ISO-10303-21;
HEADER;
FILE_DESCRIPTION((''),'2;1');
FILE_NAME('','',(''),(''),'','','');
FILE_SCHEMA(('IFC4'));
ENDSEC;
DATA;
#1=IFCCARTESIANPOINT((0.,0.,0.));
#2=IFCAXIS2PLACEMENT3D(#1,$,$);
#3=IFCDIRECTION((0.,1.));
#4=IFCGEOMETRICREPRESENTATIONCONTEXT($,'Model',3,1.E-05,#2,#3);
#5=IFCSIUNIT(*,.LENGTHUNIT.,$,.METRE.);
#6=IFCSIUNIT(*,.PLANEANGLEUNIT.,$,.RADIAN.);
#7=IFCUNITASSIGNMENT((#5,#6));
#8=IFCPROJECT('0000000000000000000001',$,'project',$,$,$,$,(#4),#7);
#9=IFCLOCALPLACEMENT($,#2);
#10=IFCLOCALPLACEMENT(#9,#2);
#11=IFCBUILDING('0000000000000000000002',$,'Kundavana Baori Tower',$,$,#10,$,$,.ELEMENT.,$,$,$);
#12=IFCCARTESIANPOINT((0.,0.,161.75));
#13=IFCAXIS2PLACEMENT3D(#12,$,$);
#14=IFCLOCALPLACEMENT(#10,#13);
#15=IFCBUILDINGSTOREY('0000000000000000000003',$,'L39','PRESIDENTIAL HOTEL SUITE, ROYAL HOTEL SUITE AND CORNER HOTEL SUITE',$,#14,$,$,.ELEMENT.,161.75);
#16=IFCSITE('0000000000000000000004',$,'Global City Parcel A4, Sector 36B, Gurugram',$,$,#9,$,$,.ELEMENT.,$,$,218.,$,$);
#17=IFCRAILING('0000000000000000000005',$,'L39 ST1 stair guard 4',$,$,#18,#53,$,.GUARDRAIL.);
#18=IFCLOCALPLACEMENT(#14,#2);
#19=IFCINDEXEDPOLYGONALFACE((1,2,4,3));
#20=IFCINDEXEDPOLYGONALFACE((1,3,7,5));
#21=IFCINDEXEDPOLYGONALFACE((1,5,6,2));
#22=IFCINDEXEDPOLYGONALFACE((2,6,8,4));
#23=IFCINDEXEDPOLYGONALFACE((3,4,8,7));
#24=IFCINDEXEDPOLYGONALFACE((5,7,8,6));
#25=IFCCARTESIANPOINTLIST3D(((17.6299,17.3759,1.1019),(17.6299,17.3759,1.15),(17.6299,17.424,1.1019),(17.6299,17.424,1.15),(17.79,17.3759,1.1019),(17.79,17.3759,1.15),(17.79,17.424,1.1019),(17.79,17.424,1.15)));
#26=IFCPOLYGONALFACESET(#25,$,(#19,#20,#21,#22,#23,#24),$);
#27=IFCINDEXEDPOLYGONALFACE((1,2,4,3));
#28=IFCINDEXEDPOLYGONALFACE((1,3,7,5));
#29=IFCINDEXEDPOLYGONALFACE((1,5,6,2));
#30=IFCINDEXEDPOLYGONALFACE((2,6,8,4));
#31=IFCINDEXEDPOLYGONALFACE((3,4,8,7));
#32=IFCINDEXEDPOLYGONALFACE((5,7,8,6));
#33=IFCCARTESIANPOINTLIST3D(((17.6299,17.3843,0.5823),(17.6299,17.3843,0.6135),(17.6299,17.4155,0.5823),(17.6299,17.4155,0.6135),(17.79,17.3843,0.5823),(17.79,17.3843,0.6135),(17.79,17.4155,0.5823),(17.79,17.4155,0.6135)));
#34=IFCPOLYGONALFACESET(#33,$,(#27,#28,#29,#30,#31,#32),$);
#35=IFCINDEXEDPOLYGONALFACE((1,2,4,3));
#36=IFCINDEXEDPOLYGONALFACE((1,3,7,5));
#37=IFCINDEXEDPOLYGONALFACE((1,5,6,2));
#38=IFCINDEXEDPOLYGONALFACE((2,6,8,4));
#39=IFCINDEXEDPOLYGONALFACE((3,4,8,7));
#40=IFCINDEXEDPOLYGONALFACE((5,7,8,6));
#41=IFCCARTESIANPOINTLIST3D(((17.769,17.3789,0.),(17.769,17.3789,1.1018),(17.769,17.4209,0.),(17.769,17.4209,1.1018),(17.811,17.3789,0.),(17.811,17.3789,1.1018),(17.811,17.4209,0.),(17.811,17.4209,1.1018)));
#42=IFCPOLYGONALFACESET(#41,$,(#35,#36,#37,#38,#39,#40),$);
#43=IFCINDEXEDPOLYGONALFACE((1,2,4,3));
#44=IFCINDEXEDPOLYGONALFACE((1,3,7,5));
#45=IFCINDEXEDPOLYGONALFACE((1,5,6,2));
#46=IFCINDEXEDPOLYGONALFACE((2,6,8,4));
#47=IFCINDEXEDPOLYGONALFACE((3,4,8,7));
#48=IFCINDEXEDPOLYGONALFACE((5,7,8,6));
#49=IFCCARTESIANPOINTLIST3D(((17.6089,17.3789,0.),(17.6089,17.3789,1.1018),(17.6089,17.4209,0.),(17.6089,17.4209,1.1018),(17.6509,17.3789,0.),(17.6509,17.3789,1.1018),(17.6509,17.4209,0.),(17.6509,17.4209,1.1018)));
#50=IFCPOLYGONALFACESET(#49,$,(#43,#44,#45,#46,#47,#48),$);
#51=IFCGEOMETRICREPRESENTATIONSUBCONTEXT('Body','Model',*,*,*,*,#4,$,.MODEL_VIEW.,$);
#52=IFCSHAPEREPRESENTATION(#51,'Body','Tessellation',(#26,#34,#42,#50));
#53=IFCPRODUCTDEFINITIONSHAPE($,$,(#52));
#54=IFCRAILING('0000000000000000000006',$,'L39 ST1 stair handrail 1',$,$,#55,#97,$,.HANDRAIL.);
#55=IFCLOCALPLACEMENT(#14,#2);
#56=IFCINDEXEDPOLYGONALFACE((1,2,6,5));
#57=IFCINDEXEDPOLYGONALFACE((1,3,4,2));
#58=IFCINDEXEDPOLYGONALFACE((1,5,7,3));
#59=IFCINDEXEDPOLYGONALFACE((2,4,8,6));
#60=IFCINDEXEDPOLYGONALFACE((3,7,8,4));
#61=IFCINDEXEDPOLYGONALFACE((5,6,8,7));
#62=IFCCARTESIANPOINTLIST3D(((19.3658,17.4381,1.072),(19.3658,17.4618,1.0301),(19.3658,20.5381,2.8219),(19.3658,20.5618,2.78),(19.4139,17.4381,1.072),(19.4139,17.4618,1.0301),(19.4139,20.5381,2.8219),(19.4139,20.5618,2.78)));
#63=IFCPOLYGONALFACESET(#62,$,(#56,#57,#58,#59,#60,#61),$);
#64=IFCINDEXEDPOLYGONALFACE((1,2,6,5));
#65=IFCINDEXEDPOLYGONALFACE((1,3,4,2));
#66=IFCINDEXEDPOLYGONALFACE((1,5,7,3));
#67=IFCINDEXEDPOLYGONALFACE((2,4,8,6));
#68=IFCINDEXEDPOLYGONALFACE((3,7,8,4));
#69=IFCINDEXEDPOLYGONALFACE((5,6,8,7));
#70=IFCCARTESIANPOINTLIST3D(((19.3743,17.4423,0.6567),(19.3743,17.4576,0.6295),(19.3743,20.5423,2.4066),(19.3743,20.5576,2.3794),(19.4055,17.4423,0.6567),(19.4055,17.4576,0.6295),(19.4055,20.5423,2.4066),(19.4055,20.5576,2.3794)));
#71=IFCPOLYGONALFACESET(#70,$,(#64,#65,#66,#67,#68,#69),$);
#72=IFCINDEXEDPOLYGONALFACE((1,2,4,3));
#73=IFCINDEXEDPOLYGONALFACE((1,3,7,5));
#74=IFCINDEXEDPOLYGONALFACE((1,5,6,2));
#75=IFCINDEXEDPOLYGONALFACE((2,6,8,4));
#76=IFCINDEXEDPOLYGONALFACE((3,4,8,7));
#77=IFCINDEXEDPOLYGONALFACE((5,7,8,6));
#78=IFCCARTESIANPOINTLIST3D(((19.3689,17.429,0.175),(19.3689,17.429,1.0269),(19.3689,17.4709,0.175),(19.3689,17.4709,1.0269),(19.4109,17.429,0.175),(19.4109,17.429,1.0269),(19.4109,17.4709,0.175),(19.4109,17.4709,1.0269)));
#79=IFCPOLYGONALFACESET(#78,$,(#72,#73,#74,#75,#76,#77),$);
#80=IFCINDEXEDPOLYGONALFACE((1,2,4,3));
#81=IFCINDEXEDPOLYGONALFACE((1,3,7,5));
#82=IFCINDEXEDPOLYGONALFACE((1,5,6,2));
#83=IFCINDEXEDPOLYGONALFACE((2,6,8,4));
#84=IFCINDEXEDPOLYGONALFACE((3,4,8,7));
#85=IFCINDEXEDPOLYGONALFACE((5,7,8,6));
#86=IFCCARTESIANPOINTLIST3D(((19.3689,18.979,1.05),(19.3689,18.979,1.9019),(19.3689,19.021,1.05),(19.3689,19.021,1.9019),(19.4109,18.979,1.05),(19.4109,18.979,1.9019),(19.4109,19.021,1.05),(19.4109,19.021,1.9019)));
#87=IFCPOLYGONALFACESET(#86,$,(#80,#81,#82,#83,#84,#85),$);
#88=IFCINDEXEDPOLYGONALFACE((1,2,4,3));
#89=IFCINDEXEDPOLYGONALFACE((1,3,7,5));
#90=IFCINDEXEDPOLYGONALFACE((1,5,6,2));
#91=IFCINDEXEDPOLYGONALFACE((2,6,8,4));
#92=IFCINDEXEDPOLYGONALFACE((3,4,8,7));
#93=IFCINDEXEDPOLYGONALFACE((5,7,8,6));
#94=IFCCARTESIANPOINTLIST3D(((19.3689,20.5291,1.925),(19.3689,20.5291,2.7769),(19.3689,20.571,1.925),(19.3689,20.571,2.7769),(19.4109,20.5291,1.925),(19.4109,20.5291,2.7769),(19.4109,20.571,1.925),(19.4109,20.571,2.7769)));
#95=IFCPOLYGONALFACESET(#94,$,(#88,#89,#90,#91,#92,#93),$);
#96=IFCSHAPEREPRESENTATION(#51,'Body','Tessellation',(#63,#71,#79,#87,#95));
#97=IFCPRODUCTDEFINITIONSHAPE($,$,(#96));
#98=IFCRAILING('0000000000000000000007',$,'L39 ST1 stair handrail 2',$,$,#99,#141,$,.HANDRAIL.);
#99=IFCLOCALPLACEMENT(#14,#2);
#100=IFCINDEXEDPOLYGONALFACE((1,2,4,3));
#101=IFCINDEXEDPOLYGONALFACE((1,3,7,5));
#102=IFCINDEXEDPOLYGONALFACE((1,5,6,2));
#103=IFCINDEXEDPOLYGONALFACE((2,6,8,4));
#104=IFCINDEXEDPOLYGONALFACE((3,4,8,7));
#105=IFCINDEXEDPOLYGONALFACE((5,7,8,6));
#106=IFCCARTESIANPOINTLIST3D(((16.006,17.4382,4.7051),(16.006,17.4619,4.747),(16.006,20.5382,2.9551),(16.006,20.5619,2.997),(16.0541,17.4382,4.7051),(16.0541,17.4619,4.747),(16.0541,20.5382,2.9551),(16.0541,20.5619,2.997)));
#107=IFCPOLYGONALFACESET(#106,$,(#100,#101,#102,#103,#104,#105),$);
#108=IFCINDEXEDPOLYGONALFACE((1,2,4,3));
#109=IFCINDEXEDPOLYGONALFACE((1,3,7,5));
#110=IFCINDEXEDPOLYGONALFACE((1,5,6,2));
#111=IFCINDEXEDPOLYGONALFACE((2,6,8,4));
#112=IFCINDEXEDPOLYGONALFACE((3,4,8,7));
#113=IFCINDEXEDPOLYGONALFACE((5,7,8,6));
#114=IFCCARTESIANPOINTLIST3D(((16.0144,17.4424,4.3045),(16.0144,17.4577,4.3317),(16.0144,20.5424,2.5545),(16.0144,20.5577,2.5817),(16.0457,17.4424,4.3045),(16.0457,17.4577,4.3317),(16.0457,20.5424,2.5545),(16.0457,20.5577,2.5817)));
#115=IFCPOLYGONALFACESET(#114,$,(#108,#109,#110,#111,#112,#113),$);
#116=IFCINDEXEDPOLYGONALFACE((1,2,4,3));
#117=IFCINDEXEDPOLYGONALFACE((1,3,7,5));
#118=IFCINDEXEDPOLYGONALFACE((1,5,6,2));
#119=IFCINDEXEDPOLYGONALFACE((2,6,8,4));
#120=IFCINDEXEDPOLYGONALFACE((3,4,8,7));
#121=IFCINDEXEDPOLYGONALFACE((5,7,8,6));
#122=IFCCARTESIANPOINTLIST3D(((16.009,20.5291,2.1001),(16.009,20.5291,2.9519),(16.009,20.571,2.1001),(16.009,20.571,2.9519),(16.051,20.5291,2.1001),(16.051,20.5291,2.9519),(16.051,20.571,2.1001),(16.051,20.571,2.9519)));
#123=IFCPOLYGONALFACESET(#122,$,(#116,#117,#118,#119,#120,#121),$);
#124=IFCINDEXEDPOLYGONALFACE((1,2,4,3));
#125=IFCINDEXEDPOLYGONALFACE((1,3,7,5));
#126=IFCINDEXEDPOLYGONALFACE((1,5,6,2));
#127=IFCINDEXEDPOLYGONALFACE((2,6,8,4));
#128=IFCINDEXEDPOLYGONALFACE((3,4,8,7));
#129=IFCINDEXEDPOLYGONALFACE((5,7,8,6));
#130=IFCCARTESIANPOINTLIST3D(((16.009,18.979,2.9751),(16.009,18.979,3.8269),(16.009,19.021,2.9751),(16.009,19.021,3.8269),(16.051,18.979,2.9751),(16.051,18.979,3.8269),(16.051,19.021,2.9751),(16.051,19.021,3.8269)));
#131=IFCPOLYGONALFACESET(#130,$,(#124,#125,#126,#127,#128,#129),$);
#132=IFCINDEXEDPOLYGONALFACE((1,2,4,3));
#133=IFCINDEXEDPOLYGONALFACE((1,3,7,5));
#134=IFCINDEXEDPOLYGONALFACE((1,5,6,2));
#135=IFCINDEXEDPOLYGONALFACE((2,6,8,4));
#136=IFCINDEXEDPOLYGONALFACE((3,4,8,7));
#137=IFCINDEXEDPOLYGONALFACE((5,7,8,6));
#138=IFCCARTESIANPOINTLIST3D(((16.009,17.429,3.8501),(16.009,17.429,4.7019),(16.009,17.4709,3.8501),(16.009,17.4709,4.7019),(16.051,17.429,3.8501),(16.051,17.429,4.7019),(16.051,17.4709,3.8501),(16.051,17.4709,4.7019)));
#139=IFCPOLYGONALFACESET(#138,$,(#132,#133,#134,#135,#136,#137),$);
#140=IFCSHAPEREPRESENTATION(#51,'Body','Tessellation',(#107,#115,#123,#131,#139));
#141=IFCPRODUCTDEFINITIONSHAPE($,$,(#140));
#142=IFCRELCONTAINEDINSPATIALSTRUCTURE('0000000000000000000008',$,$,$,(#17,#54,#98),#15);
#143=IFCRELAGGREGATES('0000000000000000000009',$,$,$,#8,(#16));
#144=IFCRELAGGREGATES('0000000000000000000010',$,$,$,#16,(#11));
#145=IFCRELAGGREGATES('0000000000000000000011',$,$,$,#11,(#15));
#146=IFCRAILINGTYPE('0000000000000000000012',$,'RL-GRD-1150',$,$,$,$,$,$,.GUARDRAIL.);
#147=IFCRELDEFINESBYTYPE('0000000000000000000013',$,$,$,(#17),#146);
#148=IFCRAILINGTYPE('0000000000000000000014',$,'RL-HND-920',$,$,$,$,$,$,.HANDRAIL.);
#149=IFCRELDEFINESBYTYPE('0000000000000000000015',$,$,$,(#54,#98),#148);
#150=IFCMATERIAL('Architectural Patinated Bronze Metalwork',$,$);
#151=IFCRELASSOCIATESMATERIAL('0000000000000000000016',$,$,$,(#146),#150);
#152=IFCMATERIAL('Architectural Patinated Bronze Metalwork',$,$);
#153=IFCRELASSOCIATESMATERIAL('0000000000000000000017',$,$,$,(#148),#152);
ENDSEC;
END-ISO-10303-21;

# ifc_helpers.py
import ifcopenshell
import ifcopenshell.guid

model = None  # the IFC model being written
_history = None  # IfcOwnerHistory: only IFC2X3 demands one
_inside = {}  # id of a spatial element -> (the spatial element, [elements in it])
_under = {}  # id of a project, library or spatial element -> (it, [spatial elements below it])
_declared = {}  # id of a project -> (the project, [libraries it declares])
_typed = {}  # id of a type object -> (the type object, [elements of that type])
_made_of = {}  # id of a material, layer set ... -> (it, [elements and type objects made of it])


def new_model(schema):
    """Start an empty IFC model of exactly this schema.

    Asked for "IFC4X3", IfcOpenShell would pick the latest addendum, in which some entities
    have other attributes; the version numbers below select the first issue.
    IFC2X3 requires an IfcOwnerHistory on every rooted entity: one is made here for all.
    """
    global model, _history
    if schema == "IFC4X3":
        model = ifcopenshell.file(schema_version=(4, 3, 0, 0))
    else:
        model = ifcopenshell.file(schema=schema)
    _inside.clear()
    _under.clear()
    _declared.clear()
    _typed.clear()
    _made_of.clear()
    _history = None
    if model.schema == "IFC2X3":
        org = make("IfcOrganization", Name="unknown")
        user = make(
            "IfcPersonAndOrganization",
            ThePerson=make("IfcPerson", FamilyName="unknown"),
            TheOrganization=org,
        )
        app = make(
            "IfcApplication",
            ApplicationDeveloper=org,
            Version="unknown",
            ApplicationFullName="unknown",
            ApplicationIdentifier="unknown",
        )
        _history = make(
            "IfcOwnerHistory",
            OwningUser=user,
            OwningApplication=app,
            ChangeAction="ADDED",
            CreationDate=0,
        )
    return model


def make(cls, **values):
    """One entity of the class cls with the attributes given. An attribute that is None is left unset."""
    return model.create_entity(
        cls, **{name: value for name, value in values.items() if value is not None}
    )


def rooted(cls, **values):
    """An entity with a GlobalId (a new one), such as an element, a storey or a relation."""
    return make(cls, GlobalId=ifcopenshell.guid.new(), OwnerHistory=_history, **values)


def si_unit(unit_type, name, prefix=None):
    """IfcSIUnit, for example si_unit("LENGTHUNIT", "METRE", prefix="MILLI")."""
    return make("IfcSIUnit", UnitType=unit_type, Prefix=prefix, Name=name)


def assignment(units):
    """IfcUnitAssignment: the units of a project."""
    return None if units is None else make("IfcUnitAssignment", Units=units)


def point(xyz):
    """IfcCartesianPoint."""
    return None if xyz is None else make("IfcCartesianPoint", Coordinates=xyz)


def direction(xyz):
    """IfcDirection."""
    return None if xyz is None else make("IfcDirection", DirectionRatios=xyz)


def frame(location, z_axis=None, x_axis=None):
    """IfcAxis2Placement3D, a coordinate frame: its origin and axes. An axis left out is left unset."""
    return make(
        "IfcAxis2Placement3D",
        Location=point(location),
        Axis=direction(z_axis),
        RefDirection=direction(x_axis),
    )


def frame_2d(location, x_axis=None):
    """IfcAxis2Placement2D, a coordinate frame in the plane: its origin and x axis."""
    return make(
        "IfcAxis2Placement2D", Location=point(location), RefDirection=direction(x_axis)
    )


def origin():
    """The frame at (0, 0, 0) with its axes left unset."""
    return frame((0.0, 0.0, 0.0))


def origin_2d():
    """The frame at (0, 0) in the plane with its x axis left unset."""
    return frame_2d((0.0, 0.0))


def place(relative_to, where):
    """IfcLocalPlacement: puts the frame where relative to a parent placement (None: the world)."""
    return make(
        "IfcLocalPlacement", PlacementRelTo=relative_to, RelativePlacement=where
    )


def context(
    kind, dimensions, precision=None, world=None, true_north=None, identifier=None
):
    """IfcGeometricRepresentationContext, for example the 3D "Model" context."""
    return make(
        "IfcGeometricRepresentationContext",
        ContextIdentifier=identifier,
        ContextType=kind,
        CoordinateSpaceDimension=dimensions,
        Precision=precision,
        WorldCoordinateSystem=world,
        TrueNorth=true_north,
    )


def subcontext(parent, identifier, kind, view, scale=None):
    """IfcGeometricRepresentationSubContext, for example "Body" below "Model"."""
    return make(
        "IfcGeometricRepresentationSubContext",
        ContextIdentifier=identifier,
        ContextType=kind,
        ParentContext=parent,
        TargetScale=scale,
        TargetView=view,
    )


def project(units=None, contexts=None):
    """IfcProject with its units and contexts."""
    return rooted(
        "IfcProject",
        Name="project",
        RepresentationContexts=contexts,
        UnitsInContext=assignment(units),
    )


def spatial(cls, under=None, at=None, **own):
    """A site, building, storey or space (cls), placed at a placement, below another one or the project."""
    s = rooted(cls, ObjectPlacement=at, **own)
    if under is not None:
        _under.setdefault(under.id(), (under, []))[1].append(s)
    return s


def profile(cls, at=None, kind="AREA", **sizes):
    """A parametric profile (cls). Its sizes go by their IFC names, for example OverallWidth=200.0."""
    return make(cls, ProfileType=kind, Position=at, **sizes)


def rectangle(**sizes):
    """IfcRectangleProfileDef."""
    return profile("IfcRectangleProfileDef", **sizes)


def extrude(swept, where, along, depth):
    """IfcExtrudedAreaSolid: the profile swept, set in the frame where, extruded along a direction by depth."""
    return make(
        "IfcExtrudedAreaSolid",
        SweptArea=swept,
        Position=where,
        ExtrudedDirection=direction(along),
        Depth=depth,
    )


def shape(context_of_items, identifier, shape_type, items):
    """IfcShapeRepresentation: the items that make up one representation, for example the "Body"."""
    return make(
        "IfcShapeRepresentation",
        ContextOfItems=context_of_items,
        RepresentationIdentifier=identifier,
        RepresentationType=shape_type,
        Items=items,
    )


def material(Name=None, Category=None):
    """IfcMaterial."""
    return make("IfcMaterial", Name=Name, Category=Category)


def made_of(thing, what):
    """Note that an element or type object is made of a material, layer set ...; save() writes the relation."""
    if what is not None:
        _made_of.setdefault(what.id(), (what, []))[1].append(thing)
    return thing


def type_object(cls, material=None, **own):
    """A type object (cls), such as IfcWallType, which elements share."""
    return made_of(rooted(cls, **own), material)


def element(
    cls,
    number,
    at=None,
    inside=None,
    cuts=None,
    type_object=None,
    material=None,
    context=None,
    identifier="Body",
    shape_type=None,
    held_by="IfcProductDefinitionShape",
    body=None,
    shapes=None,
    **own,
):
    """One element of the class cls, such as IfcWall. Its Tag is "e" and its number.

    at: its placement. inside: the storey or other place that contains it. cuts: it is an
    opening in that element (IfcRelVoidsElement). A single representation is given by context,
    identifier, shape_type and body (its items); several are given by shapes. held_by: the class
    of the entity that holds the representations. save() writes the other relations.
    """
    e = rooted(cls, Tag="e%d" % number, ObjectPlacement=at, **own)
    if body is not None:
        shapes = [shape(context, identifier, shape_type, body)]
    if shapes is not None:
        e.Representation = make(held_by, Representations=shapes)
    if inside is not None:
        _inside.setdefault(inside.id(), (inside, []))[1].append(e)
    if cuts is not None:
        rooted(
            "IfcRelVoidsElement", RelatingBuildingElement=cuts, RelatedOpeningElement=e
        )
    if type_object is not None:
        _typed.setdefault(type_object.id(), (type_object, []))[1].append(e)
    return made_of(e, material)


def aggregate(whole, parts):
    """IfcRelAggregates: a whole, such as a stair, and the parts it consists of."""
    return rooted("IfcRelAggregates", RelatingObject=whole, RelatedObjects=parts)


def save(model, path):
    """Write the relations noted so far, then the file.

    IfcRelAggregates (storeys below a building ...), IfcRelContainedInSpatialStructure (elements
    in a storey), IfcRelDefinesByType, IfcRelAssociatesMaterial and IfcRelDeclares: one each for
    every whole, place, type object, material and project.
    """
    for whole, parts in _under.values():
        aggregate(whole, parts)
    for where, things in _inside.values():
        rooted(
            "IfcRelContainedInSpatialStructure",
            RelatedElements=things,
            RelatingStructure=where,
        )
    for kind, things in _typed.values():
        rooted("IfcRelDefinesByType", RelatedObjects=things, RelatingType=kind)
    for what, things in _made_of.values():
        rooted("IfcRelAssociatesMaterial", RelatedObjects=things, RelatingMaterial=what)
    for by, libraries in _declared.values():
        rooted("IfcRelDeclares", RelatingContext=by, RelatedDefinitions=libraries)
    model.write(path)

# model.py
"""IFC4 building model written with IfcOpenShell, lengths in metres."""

from ifc_helpers import new_model, si_unit, direction, frame, origin, origin_2d, place, context, subcontext, project, spatial, rectangle, extrude, material, type_object, element, save


model = new_model("IFC4")

# Units and contexts
model_context = context("Model", 3, precision=1e-05, world=origin(), true_north=direction((0.0, 1.0)))
body_context = subcontext(model_context, "Body", "Model", "MODEL_VIEW")
ifc_project = project(units=[si_unit("LENGTHUNIT", "METRE"), si_unit("PLANEANGLEUNIT", "RADIAN")], contexts=[model_context])

# Site, building, storey
site_placement = place(None, origin())
site = spatial("IfcSite", under=ifc_project, at=site_placement, Name="Global City Parcel A4, Sector 36B, Gurugram", CompositionType="ELEMENT", RefElevation=218.0)
building_placement = place(site_placement, origin())
building = spatial("IfcBuilding", under=site, at=building_placement, Name="Kundavana Baori Tower", CompositionType="ELEMENT")
storey_placement = place(building_placement, frame((0.0, 0.0, 161.75)))
storey = spatial("IfcBuildingStorey", under=building, at=storey_placement, Name="L39", Description="PRESIDENTIAL HOTEL SUITE, ROYAL HOTEL SUITE AND CORNER HOTEL SUITE", CompositionType="ELEMENT", Elevation=161.75)

# Railings
ifc_material_1 = material(Name="Architectural Patinated Bronze Metalwork")
railing_type_1 = type_object("IfcRailingType", Name="RL-GRD-1150", PredefinedType="GUARDRAIL", material=ifc_material_1)
railing_1_placement = place(storey_placement, frame((17.79, 17.3999, 0.0)))
element("IfcRailing", 1, at=railing_1_placement, inside=storey, type_object=railing_type_1, Name="L39 ST1 stair guard 4", PredefinedType="GUARDRAIL", context=body_context, shape_type="SweptSolid", body=[
    extrude(rectangle(XDim=0.0481, YDim=0.0481, at=origin_2d()), frame((0.0, 0.0, 1.126), z_axis=(-1.0, 0.0, 0.0), x_axis=(0.0, -1.0, 0.0)), (0.0, 0.0, 1.0), 0.1602),
    extrude(rectangle(XDim=0.0312, YDim=0.0312, at=origin_2d()), frame((0.0, 0.0, 0.5979), z_axis=(-1.0, 0.0, 0.0), x_axis=(0.0, -1.0, 0.0)), (0.0, 0.0, 1.0), 0.1602),
    extrude(rectangle(XDim=0.042, YDim=0.042, at=origin_2d()), origin(), (0.0, 0.0, 1.0), 1.1018),
    extrude(rectangle(XDim=0.042, YDim=0.042, at=origin_2d()), frame((-0.1602, 0.0, 0.0)), (0.0, 0.0, 1.0), 1.1018),
])
ifc_material_2 = material(Name="Architectural Patinated Bronze Metalwork")
railing_type_2 = type_object("IfcRailingType", Name="RL-HND-920", PredefinedType="HANDRAIL", material=ifc_material_2)
railing_2_placement = place(storey_placement, frame((19.3899, 17.45, 0.175)))
element("IfcRailing", 2, at=railing_2_placement, inside=storey, type_object=railing_type_2, Name="L39 ST1 stair handrail 1", PredefinedType="HANDRAIL", context=body_context, shape_type="SweptSolid", body=[
    extrude(rectangle(XDim=0.0481, YDim=0.0481, at=origin_2d()), frame((0.0, 0.0, 0.876), z_axis=(0.0, 0.870831, 0.491583), x_axis=(-1.0, 0.0, 0.0)), (0.0, 0.0, 1.0), 3.5598),
    extrude(rectangle(XDim=0.0312, YDim=0.0312, at=origin_2d()), frame((0.0, 0.0, 0.468), z_axis=(0.0, 0.870831, 0.491583), x_axis=(-1.0, 0.0, 0.0)), (0.0, 0.0, 1.0), 3.5598),
    extrude(rectangle(XDim=0.042, YDim=0.042, at=origin_2d()), origin(), (0.0, 0.0, 1.0), 0.8518),
    extrude(rectangle(XDim=0.042, YDim=0.042, at=origin_2d()), frame((0.0, 1.55, 0.875)), (0.0, 0.0, 1.0), 0.8518),
    extrude(rectangle(XDim=0.042, YDim=0.042, at=origin_2d()), frame((0.0, 3.1001, 1.75)), (0.0, 0.0, 1.0), 0.8518),
])
railing_3_placement = place(storey_placement, frame((16.03, 20.55, 2.1001)))
element("IfcRailing", 3, at=railing_3_placement, inside=storey, type_object=railing_type_2, Name="L39 ST1 stair handrail 2", PredefinedType="HANDRAIL", context=body_context, shape_type="SweptSolid", body=[
    extrude(rectangle(XDim=0.0481, YDim=0.0481, at=origin_2d()), frame((0.0, 0.0, 0.876), z_axis=(0.0, -0.870831, 0.491583), x_axis=(1.0, 0.0, 0.0)), (0.0, 0.0, 1.0), 3.5598),
    extrude(rectangle(XDim=0.0312, YDim=0.0312, at=origin_2d()), frame((0.0, 0.0, 0.468), z_axis=(0.0, -0.870831, 0.491583), x_axis=(1.0, 0.0, 0.0)), (0.0, 0.0, 1.0), 3.5598),
    extrude(rectangle(XDim=0.042, YDim=0.042, at=origin_2d()), origin(), (0.0, 0.0, 1.0), 0.8518),
    extrude(rectangle(XDim=0.042, YDim=0.042, at=origin_2d()), frame((0.0, -1.55, 0.875)), (0.0, 0.0, 1.0), 0.8518),
    extrude(rectangle(XDim=0.042, YDim=0.042, at=origin_2d()), frame((0.0, -3.1001, 1.75)), (0.0, 0.0, 1.0), 0.8518),
])

save(model, "model.ifc")
